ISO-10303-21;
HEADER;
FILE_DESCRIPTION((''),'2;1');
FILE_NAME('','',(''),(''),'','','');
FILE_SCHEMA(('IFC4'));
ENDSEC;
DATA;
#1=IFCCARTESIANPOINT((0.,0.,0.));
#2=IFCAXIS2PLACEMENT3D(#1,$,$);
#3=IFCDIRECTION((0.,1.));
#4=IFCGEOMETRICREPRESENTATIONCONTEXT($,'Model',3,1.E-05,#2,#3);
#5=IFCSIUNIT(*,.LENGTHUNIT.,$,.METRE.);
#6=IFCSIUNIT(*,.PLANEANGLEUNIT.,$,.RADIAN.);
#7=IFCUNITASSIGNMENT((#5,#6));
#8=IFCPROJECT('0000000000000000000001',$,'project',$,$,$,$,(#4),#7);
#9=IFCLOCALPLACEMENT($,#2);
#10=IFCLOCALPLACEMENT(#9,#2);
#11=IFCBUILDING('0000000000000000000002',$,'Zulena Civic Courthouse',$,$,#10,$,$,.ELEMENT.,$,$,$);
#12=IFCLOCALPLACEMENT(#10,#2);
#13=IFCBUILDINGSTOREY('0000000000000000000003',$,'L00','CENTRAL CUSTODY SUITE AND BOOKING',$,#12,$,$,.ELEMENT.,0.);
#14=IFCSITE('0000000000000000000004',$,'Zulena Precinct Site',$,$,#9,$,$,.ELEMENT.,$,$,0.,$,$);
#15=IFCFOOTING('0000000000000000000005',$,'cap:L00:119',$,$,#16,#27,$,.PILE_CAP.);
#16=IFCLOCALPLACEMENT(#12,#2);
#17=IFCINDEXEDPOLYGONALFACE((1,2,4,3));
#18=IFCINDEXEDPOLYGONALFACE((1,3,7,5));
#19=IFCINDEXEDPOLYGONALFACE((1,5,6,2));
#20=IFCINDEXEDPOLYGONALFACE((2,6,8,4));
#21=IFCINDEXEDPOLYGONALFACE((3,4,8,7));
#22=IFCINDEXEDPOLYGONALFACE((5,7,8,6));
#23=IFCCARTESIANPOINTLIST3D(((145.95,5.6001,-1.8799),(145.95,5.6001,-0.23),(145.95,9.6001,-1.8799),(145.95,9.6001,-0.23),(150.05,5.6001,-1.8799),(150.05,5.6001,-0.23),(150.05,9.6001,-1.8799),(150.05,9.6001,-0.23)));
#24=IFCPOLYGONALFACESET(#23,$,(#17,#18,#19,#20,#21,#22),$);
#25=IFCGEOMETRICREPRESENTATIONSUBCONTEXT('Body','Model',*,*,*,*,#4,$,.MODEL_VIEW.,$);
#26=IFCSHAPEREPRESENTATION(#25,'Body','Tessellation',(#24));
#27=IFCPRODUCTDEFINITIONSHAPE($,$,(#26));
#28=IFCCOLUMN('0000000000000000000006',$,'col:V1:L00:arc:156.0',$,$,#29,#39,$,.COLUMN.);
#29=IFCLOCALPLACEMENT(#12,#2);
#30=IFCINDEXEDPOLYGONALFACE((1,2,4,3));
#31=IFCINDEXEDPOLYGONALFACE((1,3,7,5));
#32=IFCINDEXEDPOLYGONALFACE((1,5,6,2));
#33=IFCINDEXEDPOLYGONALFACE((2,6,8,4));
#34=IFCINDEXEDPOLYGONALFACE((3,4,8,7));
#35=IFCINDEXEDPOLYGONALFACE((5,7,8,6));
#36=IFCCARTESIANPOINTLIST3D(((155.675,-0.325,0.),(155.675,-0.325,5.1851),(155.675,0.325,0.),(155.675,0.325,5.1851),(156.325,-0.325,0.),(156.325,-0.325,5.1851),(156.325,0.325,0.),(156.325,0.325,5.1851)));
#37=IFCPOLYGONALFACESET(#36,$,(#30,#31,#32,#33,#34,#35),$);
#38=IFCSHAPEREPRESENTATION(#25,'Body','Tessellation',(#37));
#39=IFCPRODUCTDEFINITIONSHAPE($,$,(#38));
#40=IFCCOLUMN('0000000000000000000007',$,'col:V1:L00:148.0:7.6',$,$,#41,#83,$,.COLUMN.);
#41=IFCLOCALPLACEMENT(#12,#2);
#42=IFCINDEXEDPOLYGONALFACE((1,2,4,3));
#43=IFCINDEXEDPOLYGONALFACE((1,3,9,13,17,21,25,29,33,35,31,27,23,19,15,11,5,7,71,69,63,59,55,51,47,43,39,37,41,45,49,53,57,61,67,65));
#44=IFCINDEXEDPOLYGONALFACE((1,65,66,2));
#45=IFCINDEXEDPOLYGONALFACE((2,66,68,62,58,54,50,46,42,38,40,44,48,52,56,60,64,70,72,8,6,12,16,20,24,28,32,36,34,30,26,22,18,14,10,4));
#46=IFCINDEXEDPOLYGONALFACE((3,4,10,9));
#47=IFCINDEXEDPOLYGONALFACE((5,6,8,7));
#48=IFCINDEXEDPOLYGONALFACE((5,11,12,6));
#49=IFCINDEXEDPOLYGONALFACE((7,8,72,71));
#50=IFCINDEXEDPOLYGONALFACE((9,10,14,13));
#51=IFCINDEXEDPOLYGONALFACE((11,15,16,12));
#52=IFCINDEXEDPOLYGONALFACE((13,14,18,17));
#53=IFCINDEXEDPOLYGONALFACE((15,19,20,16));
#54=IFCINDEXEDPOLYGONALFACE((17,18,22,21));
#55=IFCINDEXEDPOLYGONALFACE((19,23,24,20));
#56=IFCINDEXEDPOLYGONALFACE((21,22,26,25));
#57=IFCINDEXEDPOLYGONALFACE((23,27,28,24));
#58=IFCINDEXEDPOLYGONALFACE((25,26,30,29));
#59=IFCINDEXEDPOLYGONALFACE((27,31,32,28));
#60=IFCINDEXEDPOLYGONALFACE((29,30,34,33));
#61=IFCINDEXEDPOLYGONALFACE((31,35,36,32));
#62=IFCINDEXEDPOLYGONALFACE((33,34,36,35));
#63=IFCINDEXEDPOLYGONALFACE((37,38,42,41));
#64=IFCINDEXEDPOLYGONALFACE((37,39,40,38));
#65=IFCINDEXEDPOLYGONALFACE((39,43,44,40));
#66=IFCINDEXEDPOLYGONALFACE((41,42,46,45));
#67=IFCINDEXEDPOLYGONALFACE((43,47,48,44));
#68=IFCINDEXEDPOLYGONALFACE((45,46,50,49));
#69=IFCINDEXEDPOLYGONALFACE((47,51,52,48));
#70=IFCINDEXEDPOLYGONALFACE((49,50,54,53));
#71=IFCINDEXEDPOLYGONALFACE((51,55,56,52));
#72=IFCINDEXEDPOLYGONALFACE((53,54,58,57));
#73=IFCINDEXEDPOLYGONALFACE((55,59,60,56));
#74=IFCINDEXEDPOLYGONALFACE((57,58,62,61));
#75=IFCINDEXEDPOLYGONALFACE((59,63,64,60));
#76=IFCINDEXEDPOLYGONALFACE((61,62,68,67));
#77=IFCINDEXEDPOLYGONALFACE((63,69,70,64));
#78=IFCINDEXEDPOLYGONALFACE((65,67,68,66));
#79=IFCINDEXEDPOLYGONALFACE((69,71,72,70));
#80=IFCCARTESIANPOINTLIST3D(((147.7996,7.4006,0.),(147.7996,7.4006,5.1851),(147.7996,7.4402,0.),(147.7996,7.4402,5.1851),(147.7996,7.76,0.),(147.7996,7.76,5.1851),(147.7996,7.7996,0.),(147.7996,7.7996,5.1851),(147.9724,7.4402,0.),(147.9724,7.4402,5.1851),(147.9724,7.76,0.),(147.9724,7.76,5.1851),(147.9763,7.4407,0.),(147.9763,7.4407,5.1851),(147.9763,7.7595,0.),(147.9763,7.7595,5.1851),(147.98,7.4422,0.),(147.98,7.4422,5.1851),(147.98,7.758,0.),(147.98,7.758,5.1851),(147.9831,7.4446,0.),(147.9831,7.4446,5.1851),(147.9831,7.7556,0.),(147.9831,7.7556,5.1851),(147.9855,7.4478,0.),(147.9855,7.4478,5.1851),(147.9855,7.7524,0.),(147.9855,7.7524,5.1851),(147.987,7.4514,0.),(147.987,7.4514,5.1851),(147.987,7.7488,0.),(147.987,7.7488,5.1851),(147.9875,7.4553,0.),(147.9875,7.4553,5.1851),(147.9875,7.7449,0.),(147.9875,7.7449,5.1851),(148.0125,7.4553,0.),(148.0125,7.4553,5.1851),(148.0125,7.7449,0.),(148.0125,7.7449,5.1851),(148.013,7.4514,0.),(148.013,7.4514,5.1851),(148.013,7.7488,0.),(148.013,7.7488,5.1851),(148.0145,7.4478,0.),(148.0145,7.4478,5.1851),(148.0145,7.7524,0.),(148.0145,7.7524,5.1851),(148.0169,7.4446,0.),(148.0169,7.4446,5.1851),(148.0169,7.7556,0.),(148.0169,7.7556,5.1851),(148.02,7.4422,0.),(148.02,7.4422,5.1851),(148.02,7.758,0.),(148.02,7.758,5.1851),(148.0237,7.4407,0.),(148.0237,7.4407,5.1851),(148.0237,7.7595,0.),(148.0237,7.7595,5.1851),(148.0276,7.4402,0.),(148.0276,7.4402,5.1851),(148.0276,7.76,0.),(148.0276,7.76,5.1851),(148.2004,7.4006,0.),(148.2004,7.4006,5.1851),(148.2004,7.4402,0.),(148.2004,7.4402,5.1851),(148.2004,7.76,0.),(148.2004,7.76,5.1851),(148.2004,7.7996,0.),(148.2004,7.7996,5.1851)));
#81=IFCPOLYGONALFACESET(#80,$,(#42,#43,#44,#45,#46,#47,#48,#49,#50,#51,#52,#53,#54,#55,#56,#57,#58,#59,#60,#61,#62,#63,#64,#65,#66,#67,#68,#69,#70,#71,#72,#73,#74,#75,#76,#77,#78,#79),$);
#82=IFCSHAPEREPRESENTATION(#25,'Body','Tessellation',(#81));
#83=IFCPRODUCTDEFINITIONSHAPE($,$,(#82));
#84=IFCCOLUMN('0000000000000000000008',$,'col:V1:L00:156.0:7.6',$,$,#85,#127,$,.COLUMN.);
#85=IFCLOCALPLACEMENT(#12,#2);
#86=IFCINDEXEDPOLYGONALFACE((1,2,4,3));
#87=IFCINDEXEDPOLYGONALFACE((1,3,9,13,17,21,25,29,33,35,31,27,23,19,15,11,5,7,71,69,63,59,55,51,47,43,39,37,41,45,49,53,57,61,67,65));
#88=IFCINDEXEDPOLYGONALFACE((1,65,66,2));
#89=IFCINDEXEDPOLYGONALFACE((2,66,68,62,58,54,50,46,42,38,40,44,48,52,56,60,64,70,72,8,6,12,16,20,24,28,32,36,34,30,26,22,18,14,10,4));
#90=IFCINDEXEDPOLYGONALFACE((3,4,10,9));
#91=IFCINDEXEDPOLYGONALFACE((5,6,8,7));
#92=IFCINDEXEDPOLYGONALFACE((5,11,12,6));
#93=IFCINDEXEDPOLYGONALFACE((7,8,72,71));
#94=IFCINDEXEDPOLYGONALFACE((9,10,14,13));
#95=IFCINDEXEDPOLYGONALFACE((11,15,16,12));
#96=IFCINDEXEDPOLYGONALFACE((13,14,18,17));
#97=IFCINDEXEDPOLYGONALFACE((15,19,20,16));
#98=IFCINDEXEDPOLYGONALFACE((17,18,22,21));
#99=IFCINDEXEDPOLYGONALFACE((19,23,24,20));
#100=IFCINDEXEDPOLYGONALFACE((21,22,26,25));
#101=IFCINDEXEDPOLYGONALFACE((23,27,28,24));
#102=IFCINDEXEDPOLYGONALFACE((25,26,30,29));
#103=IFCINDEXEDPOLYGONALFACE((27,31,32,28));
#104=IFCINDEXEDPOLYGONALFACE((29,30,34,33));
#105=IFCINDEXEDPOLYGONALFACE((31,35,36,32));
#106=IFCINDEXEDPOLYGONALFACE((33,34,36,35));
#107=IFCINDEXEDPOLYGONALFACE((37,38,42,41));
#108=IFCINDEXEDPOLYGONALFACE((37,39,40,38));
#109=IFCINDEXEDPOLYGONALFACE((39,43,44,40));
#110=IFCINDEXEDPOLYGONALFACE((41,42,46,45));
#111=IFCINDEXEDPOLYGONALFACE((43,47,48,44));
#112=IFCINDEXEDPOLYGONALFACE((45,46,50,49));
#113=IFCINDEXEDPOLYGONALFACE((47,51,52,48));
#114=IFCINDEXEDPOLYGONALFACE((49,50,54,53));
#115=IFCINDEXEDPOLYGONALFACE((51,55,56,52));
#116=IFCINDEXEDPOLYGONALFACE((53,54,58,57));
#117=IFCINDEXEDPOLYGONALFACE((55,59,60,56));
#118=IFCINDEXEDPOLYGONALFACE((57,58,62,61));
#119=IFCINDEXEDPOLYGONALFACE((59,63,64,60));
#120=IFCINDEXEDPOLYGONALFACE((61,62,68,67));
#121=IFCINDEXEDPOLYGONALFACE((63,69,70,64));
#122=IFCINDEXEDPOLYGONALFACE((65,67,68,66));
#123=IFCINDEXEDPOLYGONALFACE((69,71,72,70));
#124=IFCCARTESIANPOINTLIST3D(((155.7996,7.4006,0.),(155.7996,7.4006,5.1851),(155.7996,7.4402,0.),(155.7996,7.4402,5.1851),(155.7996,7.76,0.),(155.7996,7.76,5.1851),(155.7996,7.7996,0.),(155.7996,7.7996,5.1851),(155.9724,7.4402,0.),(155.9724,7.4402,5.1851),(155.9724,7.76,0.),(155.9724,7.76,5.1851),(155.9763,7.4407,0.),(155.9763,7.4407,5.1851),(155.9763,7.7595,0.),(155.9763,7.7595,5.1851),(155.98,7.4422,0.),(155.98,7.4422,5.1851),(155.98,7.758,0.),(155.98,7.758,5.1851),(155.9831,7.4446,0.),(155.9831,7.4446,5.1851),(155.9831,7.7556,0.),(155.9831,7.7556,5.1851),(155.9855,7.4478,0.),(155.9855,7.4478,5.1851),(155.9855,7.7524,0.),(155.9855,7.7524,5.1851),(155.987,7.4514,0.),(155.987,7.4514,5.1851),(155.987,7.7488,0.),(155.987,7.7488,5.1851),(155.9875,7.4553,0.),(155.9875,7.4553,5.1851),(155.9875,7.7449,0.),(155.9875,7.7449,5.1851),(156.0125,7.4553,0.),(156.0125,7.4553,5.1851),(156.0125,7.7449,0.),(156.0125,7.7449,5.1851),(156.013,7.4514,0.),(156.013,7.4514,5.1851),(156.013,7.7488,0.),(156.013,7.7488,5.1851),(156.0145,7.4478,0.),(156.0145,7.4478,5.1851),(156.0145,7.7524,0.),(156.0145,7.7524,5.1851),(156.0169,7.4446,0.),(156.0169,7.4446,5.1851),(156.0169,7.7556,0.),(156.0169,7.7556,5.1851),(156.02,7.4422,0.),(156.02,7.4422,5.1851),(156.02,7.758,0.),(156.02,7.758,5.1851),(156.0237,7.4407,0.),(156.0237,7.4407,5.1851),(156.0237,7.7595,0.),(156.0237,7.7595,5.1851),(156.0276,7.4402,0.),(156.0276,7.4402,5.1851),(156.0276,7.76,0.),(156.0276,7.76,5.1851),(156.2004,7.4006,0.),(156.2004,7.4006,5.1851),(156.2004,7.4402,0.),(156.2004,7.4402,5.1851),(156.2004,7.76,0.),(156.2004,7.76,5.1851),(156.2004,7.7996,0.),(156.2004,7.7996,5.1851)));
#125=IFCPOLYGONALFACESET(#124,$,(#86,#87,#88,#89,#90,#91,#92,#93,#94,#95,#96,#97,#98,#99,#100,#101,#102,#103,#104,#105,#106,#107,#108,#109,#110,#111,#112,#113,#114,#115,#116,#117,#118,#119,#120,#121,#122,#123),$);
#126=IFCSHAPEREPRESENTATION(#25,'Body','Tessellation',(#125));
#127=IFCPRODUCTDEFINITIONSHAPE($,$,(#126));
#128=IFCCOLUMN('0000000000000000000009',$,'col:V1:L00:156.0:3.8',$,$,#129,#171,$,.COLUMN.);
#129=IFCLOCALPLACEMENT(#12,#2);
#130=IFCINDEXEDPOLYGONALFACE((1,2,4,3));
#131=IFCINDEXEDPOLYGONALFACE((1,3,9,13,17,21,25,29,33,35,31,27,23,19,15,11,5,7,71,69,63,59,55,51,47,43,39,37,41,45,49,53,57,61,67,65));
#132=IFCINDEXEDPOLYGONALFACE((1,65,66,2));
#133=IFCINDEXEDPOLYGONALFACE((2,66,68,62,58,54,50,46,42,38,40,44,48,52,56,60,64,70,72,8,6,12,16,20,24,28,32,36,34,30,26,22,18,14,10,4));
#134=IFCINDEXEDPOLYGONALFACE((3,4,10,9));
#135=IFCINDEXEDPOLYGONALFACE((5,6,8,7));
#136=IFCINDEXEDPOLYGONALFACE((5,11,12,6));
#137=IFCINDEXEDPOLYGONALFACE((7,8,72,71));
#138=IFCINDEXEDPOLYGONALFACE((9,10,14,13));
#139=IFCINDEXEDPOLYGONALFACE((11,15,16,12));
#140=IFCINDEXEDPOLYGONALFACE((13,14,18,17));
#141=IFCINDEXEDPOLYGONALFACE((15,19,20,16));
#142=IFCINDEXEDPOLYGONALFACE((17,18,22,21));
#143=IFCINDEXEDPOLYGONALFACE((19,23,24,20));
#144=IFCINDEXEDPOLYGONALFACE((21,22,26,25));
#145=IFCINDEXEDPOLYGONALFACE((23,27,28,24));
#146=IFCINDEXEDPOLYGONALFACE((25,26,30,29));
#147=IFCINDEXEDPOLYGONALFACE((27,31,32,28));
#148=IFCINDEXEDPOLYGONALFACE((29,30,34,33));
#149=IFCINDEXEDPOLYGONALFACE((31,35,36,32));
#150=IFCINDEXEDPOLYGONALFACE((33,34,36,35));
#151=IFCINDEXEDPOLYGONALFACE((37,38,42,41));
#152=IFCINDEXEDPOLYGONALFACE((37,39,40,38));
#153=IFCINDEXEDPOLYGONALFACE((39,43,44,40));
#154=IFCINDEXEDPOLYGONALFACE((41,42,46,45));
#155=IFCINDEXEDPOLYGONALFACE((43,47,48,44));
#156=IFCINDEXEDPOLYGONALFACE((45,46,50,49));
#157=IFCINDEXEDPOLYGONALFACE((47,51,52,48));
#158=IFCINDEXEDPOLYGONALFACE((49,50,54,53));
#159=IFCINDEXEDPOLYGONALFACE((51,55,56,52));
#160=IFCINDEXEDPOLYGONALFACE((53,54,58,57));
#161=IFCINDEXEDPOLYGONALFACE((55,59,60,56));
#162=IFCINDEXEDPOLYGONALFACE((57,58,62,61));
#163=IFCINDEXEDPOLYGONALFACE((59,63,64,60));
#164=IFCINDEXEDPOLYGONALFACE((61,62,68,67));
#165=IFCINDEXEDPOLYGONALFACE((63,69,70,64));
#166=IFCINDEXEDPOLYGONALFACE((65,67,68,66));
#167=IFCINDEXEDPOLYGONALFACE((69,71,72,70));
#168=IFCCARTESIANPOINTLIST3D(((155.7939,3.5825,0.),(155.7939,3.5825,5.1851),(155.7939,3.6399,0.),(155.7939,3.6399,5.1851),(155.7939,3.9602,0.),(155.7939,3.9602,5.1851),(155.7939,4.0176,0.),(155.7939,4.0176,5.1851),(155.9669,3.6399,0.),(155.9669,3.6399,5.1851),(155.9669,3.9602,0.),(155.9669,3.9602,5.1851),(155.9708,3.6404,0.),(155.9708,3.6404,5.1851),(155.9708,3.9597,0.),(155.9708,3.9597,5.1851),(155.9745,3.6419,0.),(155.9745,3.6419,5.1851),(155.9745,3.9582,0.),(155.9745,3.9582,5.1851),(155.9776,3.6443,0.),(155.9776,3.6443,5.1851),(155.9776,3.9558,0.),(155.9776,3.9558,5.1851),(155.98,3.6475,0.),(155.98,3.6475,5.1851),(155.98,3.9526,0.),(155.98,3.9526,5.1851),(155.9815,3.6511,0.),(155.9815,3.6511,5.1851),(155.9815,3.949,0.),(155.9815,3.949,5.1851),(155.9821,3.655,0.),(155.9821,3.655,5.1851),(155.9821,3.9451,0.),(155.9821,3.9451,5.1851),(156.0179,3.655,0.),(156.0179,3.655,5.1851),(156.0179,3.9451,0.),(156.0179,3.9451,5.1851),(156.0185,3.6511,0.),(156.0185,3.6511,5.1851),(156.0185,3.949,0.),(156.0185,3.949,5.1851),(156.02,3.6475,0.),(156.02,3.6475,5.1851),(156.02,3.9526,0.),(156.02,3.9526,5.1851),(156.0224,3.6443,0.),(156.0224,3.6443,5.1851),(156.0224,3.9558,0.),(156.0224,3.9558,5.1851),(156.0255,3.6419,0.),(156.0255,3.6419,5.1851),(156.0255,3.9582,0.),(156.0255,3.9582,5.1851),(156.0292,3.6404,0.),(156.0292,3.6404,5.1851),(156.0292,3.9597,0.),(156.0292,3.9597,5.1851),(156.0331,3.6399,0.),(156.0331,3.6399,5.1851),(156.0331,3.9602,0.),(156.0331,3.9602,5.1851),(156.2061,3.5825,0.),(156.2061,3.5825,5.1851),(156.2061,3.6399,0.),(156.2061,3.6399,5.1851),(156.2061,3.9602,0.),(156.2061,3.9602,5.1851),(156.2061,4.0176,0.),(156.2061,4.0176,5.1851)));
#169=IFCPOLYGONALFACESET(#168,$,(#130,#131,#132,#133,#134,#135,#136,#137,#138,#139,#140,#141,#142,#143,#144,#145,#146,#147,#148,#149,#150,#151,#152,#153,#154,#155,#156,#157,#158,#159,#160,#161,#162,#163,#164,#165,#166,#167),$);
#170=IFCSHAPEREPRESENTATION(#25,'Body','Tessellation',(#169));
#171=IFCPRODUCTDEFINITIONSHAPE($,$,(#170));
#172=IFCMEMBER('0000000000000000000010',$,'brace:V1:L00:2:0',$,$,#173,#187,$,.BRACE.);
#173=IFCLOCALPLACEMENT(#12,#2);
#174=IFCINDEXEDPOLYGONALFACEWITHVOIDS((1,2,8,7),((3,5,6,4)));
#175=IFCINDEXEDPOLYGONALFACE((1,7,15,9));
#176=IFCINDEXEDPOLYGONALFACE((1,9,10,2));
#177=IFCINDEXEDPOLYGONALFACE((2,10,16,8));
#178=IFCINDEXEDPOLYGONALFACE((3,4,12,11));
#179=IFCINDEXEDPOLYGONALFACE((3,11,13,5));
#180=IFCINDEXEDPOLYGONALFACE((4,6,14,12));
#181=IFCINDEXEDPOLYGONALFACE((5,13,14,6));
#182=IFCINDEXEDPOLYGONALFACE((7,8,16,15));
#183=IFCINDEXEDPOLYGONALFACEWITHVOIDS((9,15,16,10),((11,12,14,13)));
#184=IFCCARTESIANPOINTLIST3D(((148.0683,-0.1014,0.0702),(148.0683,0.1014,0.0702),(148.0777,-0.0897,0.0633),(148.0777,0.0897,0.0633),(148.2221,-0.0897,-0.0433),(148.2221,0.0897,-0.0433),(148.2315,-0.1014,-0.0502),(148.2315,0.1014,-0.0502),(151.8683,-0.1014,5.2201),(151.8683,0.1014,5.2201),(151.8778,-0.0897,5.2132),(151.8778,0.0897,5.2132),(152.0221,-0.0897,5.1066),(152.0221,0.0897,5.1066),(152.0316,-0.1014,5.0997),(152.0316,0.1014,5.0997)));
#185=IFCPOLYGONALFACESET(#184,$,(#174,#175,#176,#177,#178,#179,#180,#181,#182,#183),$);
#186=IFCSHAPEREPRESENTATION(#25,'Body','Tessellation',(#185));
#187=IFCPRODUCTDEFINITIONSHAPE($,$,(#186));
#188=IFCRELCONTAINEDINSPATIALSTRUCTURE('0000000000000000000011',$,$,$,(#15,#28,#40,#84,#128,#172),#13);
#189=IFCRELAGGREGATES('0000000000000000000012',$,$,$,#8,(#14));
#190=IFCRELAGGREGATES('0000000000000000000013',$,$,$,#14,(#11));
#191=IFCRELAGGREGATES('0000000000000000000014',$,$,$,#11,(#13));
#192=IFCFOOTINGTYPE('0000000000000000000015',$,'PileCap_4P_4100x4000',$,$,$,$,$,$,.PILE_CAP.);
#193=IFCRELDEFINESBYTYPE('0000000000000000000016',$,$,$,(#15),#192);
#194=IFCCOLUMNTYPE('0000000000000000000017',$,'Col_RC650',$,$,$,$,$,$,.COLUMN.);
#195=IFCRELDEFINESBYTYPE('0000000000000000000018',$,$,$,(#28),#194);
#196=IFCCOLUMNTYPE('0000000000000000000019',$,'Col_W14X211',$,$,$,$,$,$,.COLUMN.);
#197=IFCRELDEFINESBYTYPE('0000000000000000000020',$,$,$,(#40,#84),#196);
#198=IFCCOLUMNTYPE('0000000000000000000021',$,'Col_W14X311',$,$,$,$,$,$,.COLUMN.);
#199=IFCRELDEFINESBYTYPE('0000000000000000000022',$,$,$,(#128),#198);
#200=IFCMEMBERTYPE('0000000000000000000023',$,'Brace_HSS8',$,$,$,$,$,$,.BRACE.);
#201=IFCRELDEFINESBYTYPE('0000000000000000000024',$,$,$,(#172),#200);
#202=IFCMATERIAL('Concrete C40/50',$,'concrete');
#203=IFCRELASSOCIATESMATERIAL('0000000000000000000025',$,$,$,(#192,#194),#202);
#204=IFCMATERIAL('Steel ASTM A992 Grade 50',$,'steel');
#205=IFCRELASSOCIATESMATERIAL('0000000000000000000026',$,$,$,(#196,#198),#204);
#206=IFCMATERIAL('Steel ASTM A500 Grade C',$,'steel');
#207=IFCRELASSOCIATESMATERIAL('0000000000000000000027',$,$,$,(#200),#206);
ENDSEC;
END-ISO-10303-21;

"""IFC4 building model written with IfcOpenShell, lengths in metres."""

from ifc_helpers import new_model, si_unit, direction, frame, origin, origin_2d, place, context, subcontext, project, spatial, rectangle, hollow_rectangle, i_section, extrude, material, material_profile, profile_set, type_object, element, save


model = new_model("IFC4")

# Units and contexts
model_context = context("Model", 3, precision=1e-05, world=origin(), true_north=direction((0.0, 1.0)))
body_context = subcontext(model_context, "Body", "Model", "MODEL_VIEW")
ifc_project = project(units=[si_unit("LENGTHUNIT", "METRE"), si_unit("PLANEANGLEUNIT", "RADIAN")], contexts=[model_context])

# Site, building, storey
site_placement = place(None, origin())
site = spatial("IfcSite", under=ifc_project, at=site_placement, Name="Zulena Precinct Site", CompositionType="ELEMENT", RefElevation=0.0)
building_placement = place(site_placement, origin())
building = spatial("IfcBuilding", under=site, at=building_placement, Name="Zulena Civic Courthouse", CompositionType="ELEMENT")
storey_placement = place(building_placement, origin())
storey = spatial("IfcBuildingStorey", under=building, at=storey_placement, Name="L00", Description="CENTRAL CUSTODY SUITE AND BOOKING", CompositionType="ELEMENT", Elevation=0.0)

# Shared definitions
ifc_material_1 = material(Name="Concrete C40/50", Category="concrete")

# Footing
footing_type_1 = type_object("IfcFootingType", Name="PileCap_4P_4100x4000", PredefinedType="PILE_CAP", material=ifc_material_1)
footing_1_placement = place(storey_placement, frame((148.0, 7.6001, -1.8799), z_axis=(0.0, 0.0, 1.0), x_axis=(1.0, 0.0, 0.0)))
element("IfcFooting", 1, at=footing_1_placement, inside=storey, type_object=footing_type_1, Name="cap:L00:119", PredefinedType="PILE_CAP", context=body_context, shape_type="SweptSolid", body=[
    extrude(rectangle(XDim=4.1001, YDim=4.0, at=origin_2d()), origin(), (0.0, 0.0, 1.0), 1.6499),
])

# Columns
ifc_material_profile_1 = material_profile(ifc_material_1, rectangle(XDim=0.6499, YDim=0.6499, at=origin_2d()), Name="RC650X650")
ifc_profile_set_1 = profile_set([ifc_material_profile_1], Name="Concrete C40/50")
column_type_1 = type_object("IfcColumnType", Name="Col_RC650", PredefinedType="COLUMN", material=ifc_profile_set_1)
column_1_placement = place(storey_placement, frame((156.0, 0.0, 0.0), z_axis=(0.0, 0.0, 1.0), x_axis=(1.0, 0.0, 0.0)))
element("IfcColumn", 2, at=column_1_placement, inside=storey, type_object=column_type_1, Name="col:V1:L00:arc:156.0", PredefinedType="COLUMN", context=body_context, shape_type="SweptSolid", body=[
    extrude(rectangle(XDim=0.6499, YDim=0.6499, at=origin_2d()), origin(), (0.0, 0.0, 1.0), 5.1851),
])
ifc_material_2 = material(Name="Steel ASTM A992 Grade 50", Category="steel")
ifc_material_profile_2 = material_profile(ifc_material_2, i_section(OverallWidth=0.4009, OverallDepth=0.3989, WebThickness=0.0249, FlangeThickness=0.0396, FilletRadius=0.0151, at=origin_2d()), Name="W14X211")
ifc_profile_set_2 = profile_set([ifc_material_profile_2], Name="Steel ASTM A992 Grade 50")
column_type_2 = type_object("IfcColumnType", Name="Col_W14X211", PredefinedType="COLUMN", material=ifc_profile_set_2)
for number, where, z_axis, x_axis, name in (
    (3, (148.0, 7.6001, 0.0), (0.0, 0.0, 1.0), (1.0, 0.0, 0.0), "col:V1:L00:148.0:7.6"),
    (4, (156.0, 7.6001, 0.0), (0.0, 0.0, 1.0), (1.0, 0.0, 0.0), "col:V1:L00:156.0:7.6"),
):
    element("IfcColumn", number, at=place(storey_placement, frame(where, z_axis=z_axis, x_axis=x_axis)), inside=storey, type_object=column_type_2, Name=name, PredefinedType="COLUMN", context=body_context, shape_type="SweptSolid", body=[
        extrude(i_section(OverallWidth=0.4009, OverallDepth=0.3989, WebThickness=0.0249, FlangeThickness=0.0396, FilletRadius=0.0151, at=origin_2d()), origin(), (0.0, 0.0, 1.0), 5.1851),
    ])
ifc_material_profile_3 = material_profile(ifc_material_2, i_section(OverallWidth=0.4121, OverallDepth=0.4351, WebThickness=0.0359, FlangeThickness=0.0574, FilletRadius=0.0151, at=origin_2d()), Name="W14X311")
ifc_profile_set_3 = profile_set([ifc_material_profile_3], Name="Steel ASTM A992 Grade 50")
column_type_3 = type_object("IfcColumnType", Name="Col_W14X311", PredefinedType="COLUMN", material=ifc_profile_set_3)
column_2_placement = place(storey_placement, frame((156.0, 3.8, 0.0), z_axis=(0.0, 0.0, 1.0), x_axis=(1.0, 0.0, 0.0)))
element("IfcColumn", 5, at=column_2_placement, inside=storey, type_object=column_type_3, Name="col:V1:L00:156.0:3.8", PredefinedType="COLUMN", context=body_context, shape_type="SweptSolid", body=[
    extrude(i_section(OverallWidth=0.4121, OverallDepth=0.4351, WebThickness=0.0359, FlangeThickness=0.0574, FilletRadius=0.0151, at=origin_2d()), origin(), (0.0, 0.0, 1.0), 5.1851),
])

# Member
ifc_material_3 = material(Name="Steel ASTM A500 Grade C", Category="steel")
ifc_material_profile_4 = material_profile(ifc_material_3, hollow_rectangle(XDim=0.2029, YDim=0.2029, WallThickness=0.0117, at=origin_2d()), Name="HSS8X8X1/2")
ifc_profile_set_4 = profile_set([ifc_material_profile_4], Name="Steel ASTM A500 Grade C")
member_type = type_object("IfcMemberType", Name="Brace_HSS8", PredefinedType="BRACE", material=ifc_profile_set_4)
for number, where, z_axis, x_axis, name in (
    (6, (148.1499, 0.0, 0.01), (0.593744, 0.0, 0.804654), (0.0, 1.0, 0.0), "brace:V1:L00:2:0"),
):
    element("IfcMember", number, at=place(storey_placement, frame(where, z_axis=z_axis, x_axis=x_axis)), inside=storey, type_object=member_type, Name=name, PredefinedType="BRACE", context=body_context, shape_type="SweptSolid", body=[
        extrude(hollow_rectangle(XDim=0.2029, YDim=0.2029, WallThickness=0.0117, at=origin_2d()), origin(), (0.0, 0.0, 1.0), 6.4001),
    ])

save(model, "model.ifc")
